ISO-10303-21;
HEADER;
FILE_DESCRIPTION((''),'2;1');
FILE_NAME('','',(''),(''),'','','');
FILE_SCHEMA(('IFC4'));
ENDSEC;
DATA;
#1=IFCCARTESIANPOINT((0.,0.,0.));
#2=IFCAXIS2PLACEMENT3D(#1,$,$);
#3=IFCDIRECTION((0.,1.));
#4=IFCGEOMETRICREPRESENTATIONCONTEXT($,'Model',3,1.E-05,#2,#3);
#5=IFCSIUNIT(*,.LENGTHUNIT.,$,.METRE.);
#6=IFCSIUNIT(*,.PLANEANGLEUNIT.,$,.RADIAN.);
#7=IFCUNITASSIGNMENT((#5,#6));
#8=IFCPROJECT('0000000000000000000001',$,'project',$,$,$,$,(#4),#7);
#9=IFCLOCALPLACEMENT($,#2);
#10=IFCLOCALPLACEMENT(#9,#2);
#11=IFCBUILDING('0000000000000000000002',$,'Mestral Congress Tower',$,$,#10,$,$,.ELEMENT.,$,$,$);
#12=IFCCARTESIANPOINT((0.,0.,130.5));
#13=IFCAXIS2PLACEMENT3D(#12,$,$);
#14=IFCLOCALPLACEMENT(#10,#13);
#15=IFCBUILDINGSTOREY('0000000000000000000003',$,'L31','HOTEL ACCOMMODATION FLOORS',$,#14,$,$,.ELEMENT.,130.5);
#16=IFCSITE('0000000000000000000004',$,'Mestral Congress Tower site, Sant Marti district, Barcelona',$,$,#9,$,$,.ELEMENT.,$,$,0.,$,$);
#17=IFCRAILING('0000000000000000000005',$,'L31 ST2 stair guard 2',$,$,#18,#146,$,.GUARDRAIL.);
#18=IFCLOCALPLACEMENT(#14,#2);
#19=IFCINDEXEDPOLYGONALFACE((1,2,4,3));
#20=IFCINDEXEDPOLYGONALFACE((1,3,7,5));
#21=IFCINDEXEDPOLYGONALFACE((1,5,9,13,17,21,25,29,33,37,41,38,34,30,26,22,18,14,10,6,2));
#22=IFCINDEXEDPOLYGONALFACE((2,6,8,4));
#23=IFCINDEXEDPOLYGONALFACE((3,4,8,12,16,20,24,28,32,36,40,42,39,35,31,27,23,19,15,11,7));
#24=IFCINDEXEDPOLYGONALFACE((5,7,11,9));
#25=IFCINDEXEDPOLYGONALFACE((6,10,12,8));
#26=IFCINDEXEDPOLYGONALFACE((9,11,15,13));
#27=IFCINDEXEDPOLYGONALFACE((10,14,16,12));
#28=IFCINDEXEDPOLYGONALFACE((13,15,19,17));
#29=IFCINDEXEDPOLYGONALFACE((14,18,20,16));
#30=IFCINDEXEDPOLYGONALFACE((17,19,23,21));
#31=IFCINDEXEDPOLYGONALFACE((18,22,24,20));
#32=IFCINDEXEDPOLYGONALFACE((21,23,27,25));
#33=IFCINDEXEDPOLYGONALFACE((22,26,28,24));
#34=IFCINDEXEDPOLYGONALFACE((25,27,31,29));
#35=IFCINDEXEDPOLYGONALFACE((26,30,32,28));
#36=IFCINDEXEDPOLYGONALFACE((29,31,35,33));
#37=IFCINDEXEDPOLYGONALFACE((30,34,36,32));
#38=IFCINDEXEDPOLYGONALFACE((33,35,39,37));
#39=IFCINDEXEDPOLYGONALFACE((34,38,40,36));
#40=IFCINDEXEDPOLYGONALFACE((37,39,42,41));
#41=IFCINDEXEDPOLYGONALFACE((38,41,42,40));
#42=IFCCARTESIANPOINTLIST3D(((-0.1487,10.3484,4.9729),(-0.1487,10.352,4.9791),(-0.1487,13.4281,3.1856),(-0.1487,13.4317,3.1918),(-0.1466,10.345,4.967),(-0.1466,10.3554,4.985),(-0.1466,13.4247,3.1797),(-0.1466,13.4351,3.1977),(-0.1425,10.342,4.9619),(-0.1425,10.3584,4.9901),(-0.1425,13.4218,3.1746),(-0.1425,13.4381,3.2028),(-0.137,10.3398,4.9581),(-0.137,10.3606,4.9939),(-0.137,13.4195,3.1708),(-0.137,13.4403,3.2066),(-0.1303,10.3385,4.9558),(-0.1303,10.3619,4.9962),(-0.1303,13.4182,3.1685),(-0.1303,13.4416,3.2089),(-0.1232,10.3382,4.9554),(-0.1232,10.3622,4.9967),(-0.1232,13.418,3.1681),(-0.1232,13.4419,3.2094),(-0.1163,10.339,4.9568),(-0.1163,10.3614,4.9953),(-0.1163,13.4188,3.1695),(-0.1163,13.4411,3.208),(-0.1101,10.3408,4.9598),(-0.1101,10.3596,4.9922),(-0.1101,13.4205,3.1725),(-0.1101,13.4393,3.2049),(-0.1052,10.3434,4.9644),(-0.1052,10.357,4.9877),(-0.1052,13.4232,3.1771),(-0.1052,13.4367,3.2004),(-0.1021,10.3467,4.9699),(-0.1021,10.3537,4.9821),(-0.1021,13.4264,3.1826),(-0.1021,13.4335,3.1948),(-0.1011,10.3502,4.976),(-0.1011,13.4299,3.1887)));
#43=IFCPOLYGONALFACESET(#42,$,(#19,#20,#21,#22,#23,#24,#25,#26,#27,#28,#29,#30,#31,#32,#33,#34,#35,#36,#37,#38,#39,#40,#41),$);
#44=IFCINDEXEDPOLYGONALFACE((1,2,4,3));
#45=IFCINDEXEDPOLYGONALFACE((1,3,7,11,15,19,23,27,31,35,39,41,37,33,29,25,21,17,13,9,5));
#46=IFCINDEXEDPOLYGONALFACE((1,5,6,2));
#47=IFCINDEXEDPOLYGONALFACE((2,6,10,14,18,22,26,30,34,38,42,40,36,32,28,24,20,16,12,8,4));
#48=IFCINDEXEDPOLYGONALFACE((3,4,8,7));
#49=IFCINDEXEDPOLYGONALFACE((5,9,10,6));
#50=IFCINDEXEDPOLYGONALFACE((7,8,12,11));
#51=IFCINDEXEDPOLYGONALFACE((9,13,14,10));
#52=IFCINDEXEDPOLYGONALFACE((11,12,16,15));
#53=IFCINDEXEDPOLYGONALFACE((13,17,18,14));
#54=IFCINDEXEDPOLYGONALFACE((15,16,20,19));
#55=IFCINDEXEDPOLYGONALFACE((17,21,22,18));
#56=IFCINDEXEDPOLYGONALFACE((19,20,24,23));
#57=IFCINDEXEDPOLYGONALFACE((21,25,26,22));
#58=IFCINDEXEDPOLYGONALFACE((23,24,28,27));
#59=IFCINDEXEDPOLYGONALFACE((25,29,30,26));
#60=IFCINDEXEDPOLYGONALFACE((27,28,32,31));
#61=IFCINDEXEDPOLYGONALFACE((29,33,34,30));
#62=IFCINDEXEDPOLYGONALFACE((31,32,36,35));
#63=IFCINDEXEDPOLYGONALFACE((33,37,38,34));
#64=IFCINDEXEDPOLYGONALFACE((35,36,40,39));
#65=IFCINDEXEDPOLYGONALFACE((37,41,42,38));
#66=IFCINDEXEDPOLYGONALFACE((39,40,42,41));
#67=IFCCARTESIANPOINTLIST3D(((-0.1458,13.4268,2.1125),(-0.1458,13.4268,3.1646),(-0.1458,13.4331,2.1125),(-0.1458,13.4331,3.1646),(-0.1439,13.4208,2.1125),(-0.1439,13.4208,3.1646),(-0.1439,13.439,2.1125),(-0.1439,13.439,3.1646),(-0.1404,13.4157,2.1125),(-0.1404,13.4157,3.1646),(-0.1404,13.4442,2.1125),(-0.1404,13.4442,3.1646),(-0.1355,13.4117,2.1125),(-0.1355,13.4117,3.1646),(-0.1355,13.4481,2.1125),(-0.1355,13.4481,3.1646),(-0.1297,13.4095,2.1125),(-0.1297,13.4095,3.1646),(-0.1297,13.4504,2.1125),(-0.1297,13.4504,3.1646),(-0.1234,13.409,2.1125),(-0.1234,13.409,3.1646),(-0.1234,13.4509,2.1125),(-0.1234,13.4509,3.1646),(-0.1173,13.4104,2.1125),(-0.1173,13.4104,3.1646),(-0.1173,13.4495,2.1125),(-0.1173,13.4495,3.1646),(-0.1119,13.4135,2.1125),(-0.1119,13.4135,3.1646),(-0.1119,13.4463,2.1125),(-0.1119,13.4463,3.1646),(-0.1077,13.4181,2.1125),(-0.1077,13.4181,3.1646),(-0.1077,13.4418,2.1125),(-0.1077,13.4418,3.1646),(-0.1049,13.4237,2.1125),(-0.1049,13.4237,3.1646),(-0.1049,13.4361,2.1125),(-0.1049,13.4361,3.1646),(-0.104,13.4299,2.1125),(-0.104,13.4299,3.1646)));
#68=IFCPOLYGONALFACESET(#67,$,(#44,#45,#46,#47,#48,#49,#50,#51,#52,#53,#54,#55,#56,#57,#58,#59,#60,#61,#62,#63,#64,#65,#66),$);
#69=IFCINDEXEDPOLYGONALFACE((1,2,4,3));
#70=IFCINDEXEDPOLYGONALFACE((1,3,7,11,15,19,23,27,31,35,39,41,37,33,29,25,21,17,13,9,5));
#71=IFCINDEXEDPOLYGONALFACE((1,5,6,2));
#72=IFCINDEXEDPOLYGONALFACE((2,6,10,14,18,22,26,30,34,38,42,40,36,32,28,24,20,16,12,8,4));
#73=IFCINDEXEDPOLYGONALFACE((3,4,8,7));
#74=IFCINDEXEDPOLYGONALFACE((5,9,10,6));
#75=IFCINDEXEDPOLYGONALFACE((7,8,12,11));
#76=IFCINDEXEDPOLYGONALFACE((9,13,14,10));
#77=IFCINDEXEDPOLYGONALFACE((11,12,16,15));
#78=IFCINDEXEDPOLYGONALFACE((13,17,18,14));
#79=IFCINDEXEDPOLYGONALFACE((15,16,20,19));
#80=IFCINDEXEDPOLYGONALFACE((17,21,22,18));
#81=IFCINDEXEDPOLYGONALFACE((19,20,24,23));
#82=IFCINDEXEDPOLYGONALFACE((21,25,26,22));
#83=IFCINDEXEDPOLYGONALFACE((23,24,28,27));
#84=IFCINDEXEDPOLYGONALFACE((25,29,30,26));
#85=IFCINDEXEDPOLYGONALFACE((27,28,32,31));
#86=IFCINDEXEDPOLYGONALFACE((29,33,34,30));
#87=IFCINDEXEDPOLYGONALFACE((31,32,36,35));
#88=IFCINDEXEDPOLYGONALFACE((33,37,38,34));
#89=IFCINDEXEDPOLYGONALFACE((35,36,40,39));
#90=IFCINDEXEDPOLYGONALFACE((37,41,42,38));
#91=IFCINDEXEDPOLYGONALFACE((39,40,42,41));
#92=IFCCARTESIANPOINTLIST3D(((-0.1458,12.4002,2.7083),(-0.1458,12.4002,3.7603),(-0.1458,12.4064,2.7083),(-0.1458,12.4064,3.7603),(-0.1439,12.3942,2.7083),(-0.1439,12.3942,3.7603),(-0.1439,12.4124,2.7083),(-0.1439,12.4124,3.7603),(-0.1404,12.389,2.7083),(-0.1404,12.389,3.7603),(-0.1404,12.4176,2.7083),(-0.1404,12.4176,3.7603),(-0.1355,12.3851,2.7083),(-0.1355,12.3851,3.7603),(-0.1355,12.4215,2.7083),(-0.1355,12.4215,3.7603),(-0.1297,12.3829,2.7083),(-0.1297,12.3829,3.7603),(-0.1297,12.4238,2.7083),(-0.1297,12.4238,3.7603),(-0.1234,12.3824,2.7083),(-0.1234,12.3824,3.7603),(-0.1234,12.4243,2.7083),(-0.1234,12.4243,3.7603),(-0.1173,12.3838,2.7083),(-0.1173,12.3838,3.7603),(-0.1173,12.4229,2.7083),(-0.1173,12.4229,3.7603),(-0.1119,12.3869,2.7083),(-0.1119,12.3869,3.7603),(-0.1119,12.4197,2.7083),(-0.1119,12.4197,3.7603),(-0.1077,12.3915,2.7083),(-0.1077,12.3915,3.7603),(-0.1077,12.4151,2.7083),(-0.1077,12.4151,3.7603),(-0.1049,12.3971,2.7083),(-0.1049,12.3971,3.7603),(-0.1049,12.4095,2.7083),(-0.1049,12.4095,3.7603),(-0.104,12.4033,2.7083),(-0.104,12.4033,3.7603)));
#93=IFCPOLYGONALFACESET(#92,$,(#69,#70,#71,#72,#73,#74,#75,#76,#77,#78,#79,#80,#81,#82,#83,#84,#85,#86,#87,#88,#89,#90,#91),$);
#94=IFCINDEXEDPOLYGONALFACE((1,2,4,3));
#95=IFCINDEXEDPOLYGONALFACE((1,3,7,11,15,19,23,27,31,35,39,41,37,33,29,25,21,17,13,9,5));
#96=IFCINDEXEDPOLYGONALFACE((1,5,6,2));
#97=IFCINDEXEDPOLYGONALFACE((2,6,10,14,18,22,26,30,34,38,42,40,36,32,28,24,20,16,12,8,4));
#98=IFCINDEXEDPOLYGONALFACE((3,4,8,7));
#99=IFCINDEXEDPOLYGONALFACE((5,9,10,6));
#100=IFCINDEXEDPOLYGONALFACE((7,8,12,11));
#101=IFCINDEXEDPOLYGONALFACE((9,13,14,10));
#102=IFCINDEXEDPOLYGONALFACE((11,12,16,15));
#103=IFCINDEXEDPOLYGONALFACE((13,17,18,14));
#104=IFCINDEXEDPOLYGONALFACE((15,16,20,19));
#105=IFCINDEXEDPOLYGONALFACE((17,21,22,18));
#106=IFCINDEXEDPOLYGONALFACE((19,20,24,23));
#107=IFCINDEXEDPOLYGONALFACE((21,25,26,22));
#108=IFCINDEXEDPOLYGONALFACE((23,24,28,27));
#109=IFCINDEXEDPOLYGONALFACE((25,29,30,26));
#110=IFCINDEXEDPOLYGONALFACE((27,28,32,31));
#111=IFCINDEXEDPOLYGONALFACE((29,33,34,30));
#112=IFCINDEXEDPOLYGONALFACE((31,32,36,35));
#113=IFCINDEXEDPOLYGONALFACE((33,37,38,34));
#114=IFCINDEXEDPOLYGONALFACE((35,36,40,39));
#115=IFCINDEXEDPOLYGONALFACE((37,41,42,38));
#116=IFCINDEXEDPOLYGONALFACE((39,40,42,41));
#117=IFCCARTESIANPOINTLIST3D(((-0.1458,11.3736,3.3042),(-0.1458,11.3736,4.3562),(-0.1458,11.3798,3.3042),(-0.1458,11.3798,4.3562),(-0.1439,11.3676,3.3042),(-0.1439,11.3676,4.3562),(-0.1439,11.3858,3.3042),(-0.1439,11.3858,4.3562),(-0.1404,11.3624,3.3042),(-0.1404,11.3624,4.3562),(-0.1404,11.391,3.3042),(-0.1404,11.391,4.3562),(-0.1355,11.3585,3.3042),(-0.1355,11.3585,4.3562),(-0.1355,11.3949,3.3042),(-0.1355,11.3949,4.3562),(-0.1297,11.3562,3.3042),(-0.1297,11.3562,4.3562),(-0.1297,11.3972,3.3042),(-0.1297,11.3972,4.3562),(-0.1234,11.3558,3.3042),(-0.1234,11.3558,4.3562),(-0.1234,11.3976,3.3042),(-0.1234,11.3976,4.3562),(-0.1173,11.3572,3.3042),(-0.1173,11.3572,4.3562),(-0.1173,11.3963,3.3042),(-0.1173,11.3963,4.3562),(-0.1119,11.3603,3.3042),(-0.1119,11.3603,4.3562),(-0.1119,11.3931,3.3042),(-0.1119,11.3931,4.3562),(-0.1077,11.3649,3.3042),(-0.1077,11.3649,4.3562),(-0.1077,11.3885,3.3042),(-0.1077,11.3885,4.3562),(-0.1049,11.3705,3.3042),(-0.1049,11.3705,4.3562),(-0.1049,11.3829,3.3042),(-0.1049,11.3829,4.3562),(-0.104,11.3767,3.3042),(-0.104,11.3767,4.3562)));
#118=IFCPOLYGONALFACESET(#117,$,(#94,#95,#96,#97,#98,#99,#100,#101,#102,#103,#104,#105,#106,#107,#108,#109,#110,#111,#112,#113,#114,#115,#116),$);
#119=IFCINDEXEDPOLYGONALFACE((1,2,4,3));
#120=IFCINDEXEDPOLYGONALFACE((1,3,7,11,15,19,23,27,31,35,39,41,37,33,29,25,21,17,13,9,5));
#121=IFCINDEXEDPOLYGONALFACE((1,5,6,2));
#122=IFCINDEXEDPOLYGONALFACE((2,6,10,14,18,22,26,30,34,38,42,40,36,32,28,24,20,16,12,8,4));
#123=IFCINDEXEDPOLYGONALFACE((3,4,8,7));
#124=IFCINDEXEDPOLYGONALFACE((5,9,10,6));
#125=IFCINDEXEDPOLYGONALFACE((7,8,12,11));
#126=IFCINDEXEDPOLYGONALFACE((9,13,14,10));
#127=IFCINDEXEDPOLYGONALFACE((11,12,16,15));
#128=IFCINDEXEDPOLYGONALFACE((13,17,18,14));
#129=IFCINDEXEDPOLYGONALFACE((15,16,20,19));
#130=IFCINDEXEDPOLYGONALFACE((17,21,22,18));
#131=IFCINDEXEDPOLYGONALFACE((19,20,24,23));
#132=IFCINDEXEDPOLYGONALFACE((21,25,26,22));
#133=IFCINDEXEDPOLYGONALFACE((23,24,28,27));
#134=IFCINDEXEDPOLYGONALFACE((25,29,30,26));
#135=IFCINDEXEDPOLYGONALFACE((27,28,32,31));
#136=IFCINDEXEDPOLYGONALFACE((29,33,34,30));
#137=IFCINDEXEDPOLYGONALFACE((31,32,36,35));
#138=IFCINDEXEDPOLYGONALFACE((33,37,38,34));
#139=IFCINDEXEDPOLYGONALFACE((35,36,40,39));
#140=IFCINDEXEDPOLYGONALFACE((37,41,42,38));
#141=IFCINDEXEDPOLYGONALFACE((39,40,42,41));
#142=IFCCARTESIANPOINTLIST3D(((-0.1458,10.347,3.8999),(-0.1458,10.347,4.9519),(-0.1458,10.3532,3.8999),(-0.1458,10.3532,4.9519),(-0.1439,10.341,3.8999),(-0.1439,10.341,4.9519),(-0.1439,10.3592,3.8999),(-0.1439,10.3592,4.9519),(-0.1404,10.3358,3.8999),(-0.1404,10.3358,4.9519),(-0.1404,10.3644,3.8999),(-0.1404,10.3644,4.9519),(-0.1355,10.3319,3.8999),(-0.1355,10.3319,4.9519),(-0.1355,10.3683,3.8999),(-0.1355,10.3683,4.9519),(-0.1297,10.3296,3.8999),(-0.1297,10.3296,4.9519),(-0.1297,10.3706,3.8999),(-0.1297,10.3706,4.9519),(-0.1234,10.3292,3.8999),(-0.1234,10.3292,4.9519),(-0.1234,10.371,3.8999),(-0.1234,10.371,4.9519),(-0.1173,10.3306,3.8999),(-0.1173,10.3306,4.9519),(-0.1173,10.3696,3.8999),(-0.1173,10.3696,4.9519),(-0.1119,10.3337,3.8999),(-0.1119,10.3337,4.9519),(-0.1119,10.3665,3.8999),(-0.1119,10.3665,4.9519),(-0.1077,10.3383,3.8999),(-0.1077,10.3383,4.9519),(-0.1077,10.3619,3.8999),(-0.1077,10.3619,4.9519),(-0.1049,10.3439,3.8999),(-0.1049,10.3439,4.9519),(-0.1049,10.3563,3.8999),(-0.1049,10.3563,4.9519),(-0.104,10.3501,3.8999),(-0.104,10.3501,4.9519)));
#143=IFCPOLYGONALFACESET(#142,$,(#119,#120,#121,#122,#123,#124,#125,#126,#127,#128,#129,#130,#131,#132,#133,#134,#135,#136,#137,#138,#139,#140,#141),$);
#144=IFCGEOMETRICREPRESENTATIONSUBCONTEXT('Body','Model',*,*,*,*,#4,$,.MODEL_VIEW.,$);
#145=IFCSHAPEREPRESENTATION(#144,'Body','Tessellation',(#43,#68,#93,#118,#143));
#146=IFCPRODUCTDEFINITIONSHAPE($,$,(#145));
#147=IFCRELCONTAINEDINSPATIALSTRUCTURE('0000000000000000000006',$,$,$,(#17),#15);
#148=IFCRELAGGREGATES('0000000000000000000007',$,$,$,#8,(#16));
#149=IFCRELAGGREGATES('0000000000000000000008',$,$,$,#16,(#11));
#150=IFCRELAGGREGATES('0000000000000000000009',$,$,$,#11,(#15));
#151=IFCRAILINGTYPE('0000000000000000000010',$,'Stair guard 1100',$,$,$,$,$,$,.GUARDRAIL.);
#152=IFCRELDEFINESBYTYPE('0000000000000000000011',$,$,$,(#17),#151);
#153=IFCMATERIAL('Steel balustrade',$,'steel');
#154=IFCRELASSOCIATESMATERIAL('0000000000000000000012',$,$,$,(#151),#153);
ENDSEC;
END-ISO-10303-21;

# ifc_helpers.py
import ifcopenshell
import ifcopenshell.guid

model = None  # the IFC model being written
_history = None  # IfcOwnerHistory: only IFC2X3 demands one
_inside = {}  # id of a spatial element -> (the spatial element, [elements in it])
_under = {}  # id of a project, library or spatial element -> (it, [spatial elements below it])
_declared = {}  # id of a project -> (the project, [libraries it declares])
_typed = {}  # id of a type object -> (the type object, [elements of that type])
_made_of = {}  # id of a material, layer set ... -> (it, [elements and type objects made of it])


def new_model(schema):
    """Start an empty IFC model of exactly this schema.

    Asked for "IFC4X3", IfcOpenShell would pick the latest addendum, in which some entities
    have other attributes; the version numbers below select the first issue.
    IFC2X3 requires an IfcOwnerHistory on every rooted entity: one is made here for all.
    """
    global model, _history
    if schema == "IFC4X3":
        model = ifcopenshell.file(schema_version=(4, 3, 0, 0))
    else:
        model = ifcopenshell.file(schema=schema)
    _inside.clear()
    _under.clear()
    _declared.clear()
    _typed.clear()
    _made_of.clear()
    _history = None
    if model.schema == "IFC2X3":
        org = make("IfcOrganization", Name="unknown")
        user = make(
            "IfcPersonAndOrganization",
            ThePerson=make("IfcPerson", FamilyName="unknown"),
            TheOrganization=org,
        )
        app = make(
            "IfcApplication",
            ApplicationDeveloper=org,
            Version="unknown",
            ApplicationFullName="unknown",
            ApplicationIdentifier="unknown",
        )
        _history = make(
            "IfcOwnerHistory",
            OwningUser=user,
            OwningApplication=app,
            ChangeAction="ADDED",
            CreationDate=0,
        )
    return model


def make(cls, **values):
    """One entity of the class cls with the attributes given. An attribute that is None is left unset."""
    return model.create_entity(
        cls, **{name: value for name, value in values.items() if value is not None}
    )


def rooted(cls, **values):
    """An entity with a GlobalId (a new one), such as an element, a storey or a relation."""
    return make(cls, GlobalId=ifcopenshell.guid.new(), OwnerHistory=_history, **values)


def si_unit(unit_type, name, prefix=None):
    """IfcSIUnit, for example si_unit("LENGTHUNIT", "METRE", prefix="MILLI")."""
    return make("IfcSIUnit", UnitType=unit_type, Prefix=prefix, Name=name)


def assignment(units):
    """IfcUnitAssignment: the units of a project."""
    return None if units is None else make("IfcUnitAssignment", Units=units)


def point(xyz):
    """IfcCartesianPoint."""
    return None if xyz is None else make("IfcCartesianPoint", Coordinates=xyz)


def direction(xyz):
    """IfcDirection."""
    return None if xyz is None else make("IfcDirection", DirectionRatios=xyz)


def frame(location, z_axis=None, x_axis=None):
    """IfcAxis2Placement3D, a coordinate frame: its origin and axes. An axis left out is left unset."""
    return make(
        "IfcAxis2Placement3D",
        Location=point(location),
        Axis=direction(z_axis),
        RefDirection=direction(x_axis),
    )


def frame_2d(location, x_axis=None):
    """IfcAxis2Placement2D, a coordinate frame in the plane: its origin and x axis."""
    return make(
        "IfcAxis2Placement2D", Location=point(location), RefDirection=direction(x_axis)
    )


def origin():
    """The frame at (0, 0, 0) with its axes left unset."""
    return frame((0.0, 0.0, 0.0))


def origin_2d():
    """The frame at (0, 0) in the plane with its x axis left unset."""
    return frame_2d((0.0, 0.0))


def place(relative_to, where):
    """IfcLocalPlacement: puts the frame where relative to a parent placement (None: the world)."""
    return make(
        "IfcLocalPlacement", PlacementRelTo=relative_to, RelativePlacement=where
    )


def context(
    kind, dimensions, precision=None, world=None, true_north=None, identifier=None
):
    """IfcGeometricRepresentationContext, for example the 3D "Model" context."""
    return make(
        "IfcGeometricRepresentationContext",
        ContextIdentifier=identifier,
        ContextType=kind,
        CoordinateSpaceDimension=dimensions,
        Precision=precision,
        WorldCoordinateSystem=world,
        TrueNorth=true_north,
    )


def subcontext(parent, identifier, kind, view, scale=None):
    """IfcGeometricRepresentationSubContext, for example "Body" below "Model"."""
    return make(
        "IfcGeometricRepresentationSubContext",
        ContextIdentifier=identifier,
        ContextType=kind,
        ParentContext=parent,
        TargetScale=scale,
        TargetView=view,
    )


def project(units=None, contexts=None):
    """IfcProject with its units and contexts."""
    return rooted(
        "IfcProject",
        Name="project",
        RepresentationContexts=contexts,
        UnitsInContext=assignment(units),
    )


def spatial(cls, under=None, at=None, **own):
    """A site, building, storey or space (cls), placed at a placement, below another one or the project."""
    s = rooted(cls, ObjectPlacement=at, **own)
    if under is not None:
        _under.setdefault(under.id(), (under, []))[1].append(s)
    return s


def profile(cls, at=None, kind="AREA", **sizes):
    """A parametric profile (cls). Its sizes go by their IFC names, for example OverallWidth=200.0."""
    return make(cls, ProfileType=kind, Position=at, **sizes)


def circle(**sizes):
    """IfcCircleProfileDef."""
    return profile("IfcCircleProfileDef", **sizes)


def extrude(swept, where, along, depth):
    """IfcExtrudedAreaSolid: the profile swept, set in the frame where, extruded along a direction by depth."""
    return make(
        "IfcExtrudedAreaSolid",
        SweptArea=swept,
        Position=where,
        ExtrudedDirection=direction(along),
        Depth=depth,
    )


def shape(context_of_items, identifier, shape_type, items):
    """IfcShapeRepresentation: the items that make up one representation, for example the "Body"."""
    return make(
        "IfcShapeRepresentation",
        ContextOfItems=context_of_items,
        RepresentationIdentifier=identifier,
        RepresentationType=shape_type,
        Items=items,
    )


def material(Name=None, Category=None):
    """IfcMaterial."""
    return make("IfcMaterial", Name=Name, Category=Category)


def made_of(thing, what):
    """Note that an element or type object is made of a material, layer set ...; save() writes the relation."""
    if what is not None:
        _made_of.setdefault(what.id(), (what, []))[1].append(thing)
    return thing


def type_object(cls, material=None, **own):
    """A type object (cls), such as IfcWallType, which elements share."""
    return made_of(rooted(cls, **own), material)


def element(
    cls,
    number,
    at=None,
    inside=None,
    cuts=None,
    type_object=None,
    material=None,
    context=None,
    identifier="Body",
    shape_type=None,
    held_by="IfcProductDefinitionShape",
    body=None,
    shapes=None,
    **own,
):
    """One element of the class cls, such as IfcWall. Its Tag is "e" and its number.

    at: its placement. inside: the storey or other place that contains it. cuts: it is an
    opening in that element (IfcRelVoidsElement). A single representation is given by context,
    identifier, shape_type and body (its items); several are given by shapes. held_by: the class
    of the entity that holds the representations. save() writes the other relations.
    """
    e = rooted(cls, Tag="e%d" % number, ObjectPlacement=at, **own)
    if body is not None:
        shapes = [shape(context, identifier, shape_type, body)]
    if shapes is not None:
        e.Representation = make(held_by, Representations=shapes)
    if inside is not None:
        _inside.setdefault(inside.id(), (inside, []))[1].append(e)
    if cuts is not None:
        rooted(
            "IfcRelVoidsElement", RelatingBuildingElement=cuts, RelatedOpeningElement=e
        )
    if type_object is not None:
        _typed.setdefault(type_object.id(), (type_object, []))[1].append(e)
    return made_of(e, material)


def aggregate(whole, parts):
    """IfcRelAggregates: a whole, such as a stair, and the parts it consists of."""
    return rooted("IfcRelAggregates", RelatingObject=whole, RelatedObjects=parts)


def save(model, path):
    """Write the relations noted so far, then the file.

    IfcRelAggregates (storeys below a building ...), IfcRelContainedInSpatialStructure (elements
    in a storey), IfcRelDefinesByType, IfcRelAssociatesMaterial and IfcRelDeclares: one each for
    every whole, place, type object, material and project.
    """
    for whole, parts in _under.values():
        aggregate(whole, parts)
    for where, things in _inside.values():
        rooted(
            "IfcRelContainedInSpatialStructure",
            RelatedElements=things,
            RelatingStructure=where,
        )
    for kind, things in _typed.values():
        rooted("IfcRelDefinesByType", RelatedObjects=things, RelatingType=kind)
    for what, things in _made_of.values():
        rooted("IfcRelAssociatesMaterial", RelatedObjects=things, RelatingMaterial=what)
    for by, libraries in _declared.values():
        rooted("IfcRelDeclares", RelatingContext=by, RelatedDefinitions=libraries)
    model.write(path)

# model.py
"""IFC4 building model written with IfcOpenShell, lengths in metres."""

from ifc_helpers import new_model, si_unit, direction, frame, origin, origin_2d, place, context, subcontext, project, spatial, circle, extrude, material, type_object, element, save


model = new_model("IFC4")

# Units and contexts
model_context = context("Model", 3, precision=1e-05, world=origin(), true_north=direction((0.0, 1.0)))
body_context = subcontext(model_context, "Body", "Model", "MODEL_VIEW")
ifc_project = project(units=[si_unit("LENGTHUNIT", "METRE"), si_unit("PLANEANGLEUNIT", "RADIAN")], contexts=[model_context])

# Site, building, storey
site_placement = place(None, origin())
site = spatial("IfcSite", under=ifc_project, at=site_placement, Name="Mestral Congress Tower site, Sant Marti district, Barcelona", CompositionType="ELEMENT", RefElevation=0.0)
building_placement = place(site_placement, origin())
building = spatial("IfcBuilding", under=site, at=building_placement, Name="Mestral Congress Tower", CompositionType="ELEMENT")
storey_placement = place(building_placement, frame((0.0, 0.0, 130.5)))
storey = spatial("IfcBuildingStorey", under=building, at=storey_placement, Name="L31", Description="HOTEL ACCOMMODATION FLOORS", CompositionType="ELEMENT", Elevation=130.5)

# Railing
ifc_material_1 = material(Name="Steel balustrade", Category="steel")
railing_type_1 = type_object("IfcRailingType", Name="Stair guard 1100", PredefinedType="GUARDRAIL", material=ifc_material_1)
railing_1_placement = place(storey_placement, frame((-0.125, 13.4299, 2.1125)))
element("IfcRailing", 1, at=railing_1_placement, inside=storey, type_object=railing_type_1, Name="L31 ST2 stair guard 2", PredefinedType="GUARDRAIL", context=body_context, shape_type="SweptSolid", body=[
    extrude(circle(Radius=0.0239, at=origin_2d()), frame((0.0, 0.0, 1.0762), z_axis=(0.0, -0.864903, 0.501939), x_axis=(1.0, 0.0, 0.0)), (0.0, 0.0, 1.0), 3.5608),
    extrude(circle(Radius=0.021, at=origin_2d()), origin(), (0.0, 0.0, 1.0), 1.052),
    extrude(circle(Radius=0.021, at=origin_2d()), frame((0.0, -1.0266, 0.5957)), (0.0, 0.0, 1.0), 1.052),
    extrude(circle(Radius=0.021, at=origin_2d()), frame((0.0, -2.0532, 1.1917)), (0.0, 0.0, 1.0), 1.052),
    extrude(circle(Radius=0.021, at=origin_2d()), frame((0.0, -3.0798, 1.7874)), (0.0, 0.0, 1.0), 1.052),
])

save(model, "model.ifc")
